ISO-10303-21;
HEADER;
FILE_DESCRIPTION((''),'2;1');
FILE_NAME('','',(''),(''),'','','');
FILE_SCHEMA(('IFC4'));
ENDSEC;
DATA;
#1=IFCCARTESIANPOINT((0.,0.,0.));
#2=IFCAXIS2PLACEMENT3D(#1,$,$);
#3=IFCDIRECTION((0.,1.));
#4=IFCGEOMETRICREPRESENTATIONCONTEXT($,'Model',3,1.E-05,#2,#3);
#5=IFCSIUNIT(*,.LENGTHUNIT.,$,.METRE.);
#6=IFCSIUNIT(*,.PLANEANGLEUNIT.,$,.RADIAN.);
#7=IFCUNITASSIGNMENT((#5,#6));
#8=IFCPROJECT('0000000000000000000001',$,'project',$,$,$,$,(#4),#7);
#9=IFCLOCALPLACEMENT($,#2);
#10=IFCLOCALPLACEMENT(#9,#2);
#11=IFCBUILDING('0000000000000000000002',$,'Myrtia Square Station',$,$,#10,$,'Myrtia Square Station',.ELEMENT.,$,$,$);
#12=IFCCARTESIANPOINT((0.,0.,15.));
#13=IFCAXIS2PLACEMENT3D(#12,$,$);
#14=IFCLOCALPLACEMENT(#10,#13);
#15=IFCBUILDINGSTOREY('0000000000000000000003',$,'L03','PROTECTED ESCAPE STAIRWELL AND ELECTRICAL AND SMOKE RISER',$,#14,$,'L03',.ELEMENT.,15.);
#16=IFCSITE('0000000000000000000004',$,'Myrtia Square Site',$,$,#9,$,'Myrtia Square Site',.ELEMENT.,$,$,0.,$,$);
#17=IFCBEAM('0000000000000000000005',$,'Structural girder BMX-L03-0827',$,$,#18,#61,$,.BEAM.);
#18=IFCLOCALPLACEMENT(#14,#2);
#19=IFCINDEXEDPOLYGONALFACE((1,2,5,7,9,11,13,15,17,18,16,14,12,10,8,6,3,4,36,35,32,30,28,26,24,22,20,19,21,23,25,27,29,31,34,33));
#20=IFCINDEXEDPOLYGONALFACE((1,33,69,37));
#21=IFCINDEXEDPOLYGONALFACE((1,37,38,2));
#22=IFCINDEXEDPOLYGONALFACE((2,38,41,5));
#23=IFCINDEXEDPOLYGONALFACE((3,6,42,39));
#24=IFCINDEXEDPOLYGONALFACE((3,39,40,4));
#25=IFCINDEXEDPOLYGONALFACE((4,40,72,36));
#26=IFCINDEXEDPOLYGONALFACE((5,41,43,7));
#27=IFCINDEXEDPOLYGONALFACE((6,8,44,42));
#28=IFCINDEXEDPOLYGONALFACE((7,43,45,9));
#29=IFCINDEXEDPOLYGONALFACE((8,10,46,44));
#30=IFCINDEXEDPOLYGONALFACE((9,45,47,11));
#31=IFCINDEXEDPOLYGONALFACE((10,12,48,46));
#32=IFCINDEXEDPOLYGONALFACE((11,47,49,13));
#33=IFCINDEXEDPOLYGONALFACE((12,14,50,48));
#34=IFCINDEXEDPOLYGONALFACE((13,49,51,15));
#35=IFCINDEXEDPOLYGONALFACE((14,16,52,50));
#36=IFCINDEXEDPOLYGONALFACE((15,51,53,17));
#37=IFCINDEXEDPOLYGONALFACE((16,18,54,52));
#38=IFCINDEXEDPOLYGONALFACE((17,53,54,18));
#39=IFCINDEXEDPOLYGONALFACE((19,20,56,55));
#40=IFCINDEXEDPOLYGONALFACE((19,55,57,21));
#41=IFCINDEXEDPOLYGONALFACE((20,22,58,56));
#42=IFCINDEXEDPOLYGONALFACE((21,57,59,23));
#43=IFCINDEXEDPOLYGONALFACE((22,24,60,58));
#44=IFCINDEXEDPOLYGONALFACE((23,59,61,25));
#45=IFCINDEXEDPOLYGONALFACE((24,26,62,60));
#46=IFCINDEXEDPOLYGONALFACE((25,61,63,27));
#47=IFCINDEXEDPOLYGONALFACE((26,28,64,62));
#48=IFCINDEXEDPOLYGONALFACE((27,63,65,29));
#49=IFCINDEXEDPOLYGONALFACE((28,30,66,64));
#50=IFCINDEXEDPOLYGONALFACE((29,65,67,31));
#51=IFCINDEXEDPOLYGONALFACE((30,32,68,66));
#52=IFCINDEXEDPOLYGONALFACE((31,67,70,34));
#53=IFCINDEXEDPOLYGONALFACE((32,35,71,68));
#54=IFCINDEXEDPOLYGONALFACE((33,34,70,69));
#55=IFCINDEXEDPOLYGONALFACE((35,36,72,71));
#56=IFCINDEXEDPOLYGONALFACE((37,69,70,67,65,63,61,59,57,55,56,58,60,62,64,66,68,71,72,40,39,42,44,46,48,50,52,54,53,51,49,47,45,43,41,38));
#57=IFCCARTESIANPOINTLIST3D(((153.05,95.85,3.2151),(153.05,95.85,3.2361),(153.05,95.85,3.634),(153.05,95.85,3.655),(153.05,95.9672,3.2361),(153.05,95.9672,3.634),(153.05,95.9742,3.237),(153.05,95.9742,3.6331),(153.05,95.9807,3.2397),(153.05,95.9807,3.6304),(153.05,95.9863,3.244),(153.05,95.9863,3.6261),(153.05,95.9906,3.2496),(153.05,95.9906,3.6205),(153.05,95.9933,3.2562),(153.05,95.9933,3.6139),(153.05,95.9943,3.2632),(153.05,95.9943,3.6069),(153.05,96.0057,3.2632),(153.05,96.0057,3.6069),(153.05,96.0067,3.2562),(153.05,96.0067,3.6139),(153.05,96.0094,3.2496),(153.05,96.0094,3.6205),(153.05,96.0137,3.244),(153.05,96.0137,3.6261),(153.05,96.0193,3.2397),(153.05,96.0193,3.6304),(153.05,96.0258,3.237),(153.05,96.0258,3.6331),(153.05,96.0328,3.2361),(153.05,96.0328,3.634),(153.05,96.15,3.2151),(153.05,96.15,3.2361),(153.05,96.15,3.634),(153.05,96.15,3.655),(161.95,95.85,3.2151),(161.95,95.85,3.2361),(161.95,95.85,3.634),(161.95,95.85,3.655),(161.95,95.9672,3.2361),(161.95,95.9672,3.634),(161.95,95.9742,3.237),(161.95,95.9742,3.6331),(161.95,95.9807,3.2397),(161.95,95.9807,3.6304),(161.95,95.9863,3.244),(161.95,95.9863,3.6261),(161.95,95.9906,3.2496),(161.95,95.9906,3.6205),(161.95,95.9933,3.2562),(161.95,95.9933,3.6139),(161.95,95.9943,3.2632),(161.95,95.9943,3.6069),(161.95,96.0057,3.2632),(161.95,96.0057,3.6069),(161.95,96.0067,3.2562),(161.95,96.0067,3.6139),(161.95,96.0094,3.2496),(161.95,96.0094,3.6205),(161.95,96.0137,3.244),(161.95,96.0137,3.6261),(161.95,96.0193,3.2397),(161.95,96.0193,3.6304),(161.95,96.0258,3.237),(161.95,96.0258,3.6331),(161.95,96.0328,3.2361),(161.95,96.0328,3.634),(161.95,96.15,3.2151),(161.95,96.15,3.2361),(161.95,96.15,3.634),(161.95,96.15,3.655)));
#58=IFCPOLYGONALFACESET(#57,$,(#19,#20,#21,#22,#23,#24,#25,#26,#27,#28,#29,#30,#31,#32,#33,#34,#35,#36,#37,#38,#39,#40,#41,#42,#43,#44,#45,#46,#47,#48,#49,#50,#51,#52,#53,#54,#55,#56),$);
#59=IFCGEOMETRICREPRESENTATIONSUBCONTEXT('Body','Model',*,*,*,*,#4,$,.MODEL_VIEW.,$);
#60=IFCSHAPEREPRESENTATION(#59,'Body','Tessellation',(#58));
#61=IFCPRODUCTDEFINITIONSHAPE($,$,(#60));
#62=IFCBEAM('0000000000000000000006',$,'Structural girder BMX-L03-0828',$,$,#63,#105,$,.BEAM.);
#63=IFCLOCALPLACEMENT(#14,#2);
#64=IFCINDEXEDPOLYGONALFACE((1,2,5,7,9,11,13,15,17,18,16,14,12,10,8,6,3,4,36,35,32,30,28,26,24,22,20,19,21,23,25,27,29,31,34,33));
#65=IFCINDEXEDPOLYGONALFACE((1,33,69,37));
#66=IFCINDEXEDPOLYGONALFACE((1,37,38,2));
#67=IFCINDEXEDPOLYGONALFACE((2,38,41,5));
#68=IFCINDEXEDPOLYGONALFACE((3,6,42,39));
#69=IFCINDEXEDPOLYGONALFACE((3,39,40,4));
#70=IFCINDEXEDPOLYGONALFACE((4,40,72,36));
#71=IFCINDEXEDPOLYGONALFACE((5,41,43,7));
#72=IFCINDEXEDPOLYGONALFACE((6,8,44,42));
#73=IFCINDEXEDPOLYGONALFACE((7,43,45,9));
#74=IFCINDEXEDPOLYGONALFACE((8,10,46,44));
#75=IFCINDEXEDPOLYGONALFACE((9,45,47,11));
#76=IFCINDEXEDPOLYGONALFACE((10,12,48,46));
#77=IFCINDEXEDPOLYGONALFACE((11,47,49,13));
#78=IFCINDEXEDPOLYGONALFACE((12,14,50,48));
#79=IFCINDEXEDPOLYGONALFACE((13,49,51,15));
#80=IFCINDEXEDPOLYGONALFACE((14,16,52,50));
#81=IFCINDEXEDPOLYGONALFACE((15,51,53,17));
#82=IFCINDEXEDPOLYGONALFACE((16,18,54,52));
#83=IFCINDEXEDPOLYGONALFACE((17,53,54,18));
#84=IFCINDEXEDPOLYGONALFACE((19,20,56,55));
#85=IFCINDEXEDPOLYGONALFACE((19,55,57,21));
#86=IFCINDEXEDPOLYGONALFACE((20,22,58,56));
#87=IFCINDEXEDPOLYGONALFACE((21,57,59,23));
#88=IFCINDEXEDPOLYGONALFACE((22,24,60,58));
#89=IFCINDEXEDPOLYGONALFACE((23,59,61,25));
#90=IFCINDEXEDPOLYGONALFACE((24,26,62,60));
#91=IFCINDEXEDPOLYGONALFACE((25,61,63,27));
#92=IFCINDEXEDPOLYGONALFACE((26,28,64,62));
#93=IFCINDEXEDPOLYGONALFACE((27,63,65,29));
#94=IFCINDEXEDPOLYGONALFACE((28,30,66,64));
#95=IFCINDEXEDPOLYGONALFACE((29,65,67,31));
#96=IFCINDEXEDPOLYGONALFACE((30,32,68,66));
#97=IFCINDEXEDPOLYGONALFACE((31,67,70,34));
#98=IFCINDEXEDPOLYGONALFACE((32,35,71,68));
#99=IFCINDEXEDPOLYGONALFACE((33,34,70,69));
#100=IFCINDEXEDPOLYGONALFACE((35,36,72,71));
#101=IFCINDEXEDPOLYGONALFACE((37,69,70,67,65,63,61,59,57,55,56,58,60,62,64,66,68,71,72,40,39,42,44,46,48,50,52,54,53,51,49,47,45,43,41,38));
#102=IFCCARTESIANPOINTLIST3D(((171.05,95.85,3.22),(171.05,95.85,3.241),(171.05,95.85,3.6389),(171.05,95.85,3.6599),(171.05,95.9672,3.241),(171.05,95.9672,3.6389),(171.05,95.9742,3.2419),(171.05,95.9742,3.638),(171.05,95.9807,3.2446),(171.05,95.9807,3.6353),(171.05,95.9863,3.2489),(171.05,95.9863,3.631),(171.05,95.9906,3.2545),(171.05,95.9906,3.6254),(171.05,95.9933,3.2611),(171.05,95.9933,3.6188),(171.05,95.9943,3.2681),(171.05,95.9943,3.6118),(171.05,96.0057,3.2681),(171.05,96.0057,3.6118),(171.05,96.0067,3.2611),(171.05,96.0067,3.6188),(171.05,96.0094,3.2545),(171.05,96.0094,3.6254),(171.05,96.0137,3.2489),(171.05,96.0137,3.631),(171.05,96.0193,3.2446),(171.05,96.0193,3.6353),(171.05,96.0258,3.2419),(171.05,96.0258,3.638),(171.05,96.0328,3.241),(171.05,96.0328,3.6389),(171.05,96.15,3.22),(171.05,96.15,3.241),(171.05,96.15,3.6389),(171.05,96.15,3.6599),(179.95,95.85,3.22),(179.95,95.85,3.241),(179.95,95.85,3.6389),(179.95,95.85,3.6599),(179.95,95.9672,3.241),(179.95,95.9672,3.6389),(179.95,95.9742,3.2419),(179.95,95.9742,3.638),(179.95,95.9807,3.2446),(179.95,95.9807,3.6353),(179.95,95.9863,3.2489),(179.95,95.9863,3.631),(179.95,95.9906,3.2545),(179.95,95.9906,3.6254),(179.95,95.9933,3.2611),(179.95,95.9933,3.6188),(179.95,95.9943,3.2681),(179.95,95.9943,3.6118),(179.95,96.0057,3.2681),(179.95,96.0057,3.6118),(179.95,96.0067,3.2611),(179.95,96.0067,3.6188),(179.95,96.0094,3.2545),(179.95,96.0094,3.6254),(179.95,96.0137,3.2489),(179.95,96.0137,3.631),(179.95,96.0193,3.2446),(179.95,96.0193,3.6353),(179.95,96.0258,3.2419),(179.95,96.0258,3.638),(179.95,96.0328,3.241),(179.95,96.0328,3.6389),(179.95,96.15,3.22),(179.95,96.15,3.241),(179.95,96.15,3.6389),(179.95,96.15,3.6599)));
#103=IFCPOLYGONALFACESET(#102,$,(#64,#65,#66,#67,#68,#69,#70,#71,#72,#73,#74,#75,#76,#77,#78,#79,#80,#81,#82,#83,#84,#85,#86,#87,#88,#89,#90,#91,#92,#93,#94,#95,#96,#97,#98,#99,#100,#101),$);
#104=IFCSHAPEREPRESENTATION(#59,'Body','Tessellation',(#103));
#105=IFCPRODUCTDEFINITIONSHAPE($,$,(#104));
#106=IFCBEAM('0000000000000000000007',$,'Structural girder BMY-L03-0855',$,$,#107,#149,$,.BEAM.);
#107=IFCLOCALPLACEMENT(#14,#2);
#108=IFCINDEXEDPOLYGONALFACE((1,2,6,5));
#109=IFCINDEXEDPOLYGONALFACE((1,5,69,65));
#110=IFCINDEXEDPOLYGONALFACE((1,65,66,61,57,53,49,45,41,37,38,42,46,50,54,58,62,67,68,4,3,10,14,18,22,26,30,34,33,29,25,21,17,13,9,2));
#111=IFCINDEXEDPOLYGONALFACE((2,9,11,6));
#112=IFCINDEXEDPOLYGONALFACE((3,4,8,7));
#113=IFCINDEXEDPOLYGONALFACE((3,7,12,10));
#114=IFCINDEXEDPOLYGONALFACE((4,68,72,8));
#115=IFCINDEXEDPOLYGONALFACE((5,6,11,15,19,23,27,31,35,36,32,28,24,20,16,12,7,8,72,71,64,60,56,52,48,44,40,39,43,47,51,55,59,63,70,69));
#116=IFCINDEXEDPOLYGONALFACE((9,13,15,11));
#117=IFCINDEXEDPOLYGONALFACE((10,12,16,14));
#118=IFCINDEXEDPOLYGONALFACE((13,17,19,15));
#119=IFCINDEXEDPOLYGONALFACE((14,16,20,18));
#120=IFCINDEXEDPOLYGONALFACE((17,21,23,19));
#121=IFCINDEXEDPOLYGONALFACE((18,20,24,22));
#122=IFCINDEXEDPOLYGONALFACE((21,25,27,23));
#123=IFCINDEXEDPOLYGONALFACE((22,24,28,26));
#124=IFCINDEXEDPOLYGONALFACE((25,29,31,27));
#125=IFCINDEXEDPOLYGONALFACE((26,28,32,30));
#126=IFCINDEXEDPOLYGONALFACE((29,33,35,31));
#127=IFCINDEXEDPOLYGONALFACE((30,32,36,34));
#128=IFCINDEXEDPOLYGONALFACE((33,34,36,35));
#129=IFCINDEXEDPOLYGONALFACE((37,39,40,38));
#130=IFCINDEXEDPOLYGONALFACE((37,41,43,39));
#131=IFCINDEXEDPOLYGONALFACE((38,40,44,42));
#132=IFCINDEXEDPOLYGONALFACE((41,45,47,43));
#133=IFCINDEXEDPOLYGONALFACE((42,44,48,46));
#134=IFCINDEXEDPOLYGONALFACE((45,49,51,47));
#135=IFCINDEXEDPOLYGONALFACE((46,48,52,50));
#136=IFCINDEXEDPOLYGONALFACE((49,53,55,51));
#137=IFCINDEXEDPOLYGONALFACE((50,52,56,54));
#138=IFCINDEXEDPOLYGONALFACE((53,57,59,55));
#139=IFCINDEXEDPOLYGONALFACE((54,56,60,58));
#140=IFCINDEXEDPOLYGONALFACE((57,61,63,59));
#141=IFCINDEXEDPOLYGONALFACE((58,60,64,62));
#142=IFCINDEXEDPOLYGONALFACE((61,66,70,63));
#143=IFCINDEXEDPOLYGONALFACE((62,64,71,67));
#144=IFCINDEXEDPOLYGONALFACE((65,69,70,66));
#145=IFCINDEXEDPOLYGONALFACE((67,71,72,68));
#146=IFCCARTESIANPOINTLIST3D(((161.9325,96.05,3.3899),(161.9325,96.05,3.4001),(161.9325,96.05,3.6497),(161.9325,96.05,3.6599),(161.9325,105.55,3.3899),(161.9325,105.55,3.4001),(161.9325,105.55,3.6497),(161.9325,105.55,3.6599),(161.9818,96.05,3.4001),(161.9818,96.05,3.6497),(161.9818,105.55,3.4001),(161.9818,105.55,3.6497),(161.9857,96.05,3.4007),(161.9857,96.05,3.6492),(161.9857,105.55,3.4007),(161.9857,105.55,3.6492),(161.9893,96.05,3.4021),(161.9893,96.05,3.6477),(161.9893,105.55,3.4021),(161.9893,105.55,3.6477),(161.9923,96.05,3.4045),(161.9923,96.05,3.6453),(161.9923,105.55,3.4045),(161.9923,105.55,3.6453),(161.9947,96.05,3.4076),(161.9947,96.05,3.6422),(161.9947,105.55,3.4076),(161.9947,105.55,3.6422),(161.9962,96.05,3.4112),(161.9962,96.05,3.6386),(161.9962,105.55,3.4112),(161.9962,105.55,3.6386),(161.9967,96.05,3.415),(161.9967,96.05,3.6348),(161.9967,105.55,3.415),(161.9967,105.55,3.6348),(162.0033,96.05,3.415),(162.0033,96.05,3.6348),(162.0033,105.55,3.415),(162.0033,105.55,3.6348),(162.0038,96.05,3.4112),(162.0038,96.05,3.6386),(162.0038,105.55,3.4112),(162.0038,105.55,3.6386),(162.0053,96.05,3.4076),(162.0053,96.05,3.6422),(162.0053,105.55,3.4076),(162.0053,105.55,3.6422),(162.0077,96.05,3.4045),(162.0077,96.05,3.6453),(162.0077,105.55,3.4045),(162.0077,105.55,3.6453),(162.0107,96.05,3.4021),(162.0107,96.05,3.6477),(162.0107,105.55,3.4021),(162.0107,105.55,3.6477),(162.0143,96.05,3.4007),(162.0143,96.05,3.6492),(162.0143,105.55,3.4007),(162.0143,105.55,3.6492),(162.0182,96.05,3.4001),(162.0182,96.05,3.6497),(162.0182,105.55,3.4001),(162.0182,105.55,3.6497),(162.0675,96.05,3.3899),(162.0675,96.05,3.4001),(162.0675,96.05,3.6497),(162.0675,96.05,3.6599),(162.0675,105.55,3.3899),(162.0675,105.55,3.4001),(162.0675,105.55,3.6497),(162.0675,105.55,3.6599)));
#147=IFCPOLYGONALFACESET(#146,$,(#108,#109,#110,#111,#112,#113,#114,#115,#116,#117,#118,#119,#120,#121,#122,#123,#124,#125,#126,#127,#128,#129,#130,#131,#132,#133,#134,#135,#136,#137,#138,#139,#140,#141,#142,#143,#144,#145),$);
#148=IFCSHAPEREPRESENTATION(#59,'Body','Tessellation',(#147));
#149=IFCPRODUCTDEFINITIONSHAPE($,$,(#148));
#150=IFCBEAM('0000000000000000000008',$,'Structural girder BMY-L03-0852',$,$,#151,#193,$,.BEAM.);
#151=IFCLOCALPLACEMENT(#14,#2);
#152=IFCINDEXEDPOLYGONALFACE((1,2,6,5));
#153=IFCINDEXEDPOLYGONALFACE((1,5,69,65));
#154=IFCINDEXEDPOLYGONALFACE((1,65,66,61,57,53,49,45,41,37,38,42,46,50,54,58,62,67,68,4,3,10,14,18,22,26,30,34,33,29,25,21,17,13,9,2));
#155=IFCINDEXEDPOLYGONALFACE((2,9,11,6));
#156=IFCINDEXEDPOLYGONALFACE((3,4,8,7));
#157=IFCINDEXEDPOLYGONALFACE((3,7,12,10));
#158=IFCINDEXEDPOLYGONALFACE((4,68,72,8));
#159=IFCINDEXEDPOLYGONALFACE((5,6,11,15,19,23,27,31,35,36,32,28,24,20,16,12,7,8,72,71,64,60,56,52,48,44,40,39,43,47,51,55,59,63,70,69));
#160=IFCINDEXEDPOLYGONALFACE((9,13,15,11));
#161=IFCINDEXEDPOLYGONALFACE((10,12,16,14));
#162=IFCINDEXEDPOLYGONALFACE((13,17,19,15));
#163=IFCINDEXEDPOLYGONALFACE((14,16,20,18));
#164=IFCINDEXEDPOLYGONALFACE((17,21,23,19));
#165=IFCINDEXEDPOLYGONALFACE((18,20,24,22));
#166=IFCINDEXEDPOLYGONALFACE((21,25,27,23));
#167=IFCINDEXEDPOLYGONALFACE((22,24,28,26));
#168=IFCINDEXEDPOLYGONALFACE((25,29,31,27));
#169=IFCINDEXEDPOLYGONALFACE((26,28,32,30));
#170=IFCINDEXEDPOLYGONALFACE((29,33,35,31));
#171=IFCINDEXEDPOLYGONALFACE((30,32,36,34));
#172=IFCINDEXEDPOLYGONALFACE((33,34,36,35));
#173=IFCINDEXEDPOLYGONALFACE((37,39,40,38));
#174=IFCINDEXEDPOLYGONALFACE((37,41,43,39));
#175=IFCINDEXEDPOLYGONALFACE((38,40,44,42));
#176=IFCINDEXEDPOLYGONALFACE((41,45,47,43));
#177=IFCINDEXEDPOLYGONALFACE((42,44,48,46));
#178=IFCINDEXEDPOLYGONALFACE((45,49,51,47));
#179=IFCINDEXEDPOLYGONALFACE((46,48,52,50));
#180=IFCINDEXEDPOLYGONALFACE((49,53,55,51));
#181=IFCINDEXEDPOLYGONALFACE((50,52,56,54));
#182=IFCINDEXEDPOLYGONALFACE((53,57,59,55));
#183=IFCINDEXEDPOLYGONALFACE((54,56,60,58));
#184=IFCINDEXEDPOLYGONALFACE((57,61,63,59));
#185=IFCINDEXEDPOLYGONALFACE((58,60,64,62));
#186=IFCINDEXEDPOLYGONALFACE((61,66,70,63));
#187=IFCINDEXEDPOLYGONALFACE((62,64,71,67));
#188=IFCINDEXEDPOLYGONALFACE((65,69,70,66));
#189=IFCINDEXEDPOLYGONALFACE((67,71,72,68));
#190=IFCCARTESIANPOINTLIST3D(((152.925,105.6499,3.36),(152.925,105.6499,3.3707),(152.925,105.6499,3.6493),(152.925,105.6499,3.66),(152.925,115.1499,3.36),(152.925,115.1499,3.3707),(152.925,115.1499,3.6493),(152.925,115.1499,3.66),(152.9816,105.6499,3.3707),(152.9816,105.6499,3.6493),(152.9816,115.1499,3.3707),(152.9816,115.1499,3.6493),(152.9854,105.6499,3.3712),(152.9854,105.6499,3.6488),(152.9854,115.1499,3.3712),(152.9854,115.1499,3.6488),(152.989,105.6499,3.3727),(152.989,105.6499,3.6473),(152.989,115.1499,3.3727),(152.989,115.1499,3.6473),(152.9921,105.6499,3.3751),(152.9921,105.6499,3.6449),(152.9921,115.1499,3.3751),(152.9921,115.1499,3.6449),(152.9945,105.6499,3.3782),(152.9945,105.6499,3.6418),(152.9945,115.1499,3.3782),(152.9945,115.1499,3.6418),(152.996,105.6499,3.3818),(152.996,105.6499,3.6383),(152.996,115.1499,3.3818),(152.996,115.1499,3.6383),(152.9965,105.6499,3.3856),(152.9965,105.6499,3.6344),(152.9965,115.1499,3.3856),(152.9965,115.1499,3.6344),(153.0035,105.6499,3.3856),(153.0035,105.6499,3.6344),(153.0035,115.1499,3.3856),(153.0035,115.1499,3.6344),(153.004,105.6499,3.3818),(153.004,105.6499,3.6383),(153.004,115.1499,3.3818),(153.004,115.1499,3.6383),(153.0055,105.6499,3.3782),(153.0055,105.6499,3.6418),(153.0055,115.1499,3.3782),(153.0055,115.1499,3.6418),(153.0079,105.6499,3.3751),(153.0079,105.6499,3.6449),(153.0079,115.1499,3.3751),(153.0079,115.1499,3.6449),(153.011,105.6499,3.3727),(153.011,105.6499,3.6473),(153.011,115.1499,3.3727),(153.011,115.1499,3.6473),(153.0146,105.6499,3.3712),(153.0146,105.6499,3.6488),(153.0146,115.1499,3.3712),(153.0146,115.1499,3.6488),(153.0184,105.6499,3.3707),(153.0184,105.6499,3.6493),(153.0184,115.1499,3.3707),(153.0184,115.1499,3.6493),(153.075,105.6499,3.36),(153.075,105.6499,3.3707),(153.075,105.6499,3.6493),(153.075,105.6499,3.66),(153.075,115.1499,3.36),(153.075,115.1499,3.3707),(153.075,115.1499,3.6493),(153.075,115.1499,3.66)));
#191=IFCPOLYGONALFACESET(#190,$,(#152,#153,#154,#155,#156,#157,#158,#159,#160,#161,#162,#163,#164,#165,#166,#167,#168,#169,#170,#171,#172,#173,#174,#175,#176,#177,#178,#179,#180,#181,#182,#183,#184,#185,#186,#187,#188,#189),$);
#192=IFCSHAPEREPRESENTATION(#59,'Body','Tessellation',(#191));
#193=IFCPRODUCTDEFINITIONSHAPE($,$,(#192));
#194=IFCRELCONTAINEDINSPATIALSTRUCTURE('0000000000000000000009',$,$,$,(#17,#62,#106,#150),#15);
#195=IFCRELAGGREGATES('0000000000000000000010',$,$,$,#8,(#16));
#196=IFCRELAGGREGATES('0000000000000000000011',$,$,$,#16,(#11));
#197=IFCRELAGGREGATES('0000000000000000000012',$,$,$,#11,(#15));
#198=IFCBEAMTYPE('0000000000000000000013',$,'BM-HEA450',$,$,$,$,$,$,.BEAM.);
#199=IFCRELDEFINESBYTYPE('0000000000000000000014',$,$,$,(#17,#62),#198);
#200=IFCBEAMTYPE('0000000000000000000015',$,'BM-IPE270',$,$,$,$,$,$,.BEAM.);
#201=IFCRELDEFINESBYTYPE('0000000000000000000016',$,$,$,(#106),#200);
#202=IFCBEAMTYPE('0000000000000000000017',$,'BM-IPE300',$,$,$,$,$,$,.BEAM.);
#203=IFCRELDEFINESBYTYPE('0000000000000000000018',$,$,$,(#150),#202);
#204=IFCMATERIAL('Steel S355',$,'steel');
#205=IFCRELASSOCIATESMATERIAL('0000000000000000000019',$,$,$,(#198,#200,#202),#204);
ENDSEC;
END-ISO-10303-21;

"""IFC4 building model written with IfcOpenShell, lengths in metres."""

from ifc_helpers import new_model, si_unit, direction, frame, origin, origin_2d, place, context, subcontext, project, spatial, i_section, extrude, material, material_profile, profile_set, type_object, element, save


model = new_model("IFC4")

# Units and contexts
model_context = context("Model", 3, precision=1e-05, world=origin(), true_north=direction((0.0, 1.0)))
body_context = subcontext(model_context, "Body", "Model", "MODEL_VIEW")
ifc_project = project(units=[si_unit("LENGTHUNIT", "METRE"), si_unit("PLANEANGLEUNIT", "RADIAN")], contexts=[model_context])

# Site, building, storey
site_placement = place(None, origin())
site = spatial("IfcSite", under=ifc_project, at=site_placement, Name="Myrtia Square Site", LongName="Myrtia Square Site", CompositionType="ELEMENT", RefElevation=0.0)
building_placement = place(site_placement, origin())
building = spatial("IfcBuilding", under=site, at=building_placement, Name="Myrtia Square Station", LongName="Myrtia Square Station", CompositionType="ELEMENT")
storey_placement = place(building_placement, frame((0.0, 0.0, 15.0)))
storey = spatial("IfcBuildingStorey", under=building, at=storey_placement, Name="L03", Description="PROTECTED ESCAPE STAIRWELL AND ELECTRICAL AND SMOKE RISER", LongName="L03", CompositionType="ELEMENT", Elevation=15.0)

# Shared definitions
ifc_material_1 = material(Name="Steel S355", Category="steel")

# Beams
ifc_material_profile_1 = material_profile(ifc_material_1, i_section(OverallWidth=0.3, OverallDepth=0.4399, WebThickness=0.0115, FlangeThickness=0.021, FilletRadius=0.0271, at=origin_2d()), Name="HEA 450")
ifc_profile_set_1 = profile_set([ifc_material_profile_1], Name="Steel S355")
beam_type_1 = type_object("IfcBeamType", Name="BM-HEA450", PredefinedType="BEAM", material=ifc_profile_set_1)
for number, where, z_axis, x_axis, name in (
    (1, (153.05, 96.0, 3.4351), (1.0, 0.0, 0.0), (0.0, 1.0, 0.0), "Structural girder BMX-L03-0827"),
    (2, (171.05, 96.0, 3.4399), (1.0, 0.0, 0.0), (0.0, 1.0, 0.0), "Structural girder BMX-L03-0828"),
):
    element("IfcBeam", number, at=place(storey_placement, frame(where, z_axis=z_axis, x_axis=x_axis)), inside=storey, type_object=beam_type_1, Name=name, PredefinedType="BEAM", context=body_context, shape_type="SweptSolid", body=[
        extrude(i_section(OverallWidth=0.3, OverallDepth=0.4399, WebThickness=0.0115, FlangeThickness=0.021, FilletRadius=0.0271, at=origin_2d()), origin(), (0.0, 0.0, 1.0), 8.8999),
    ])
ifc_material_profile_2 = material_profile(ifc_material_1, i_section(OverallWidth=0.135, OverallDepth=0.27, WebThickness=0.0066, FlangeThickness=0.0103, FilletRadius=0.0149, at=origin_2d()), Name="IPE 270")
ifc_profile_set_2 = profile_set([ifc_material_profile_2], Name="Steel S355")
beam_type_2 = type_object("IfcBeamType", Name="BM-IPE270", PredefinedType="BEAM", material=ifc_profile_set_2)
beam_1_placement = place(storey_placement, frame((162.0, 96.05, 3.5249), z_axis=(0.0, 1.0, 0.0), x_axis=(-1.0, 0.0, 0.0)))
element("IfcBeam", 3, at=beam_1_placement, inside=storey, type_object=beam_type_2, Name="Structural girder BMY-L03-0855", PredefinedType="BEAM", context=body_context, shape_type="SweptSolid", body=[
    extrude(i_section(OverallWidth=0.135, OverallDepth=0.27, WebThickness=0.0066, FlangeThickness=0.0103, FilletRadius=0.0149, at=origin_2d()), origin(), (0.0, 0.0, 1.0), 9.5),
])
ifc_material_profile_3 = material_profile(ifc_material_1, i_section(OverallWidth=0.1499, OverallDepth=0.3, WebThickness=0.0071, FlangeThickness=0.0107, FilletRadius=0.0149, at=origin_2d()), Name="IPE 300")
ifc_profile_set_3 = profile_set([ifc_material_profile_3], Name="Steel S355")
beam_type_3 = type_object("IfcBeamType", Name="BM-IPE300", PredefinedType="BEAM", material=ifc_profile_set_3)
beam_2_placement = place(storey_placement, frame((153.0, 105.6499, 3.51), z_axis=(0.0, 1.0, 0.0), x_axis=(-1.0, 0.0, 0.0)))
element("IfcBeam", 4, at=beam_2_placement, inside=storey, type_object=beam_type_3, Name="Structural girder BMY-L03-0852", PredefinedType="BEAM", context=body_context, shape_type="SweptSolid", body=[
    extrude(i_section(OverallWidth=0.1499, OverallDepth=0.3, WebThickness=0.0071, FlangeThickness=0.0107, FilletRadius=0.0149, at=origin_2d()), origin(), (0.0, 0.0, 1.0), 9.5),
])

save(model, "model.ifc")
